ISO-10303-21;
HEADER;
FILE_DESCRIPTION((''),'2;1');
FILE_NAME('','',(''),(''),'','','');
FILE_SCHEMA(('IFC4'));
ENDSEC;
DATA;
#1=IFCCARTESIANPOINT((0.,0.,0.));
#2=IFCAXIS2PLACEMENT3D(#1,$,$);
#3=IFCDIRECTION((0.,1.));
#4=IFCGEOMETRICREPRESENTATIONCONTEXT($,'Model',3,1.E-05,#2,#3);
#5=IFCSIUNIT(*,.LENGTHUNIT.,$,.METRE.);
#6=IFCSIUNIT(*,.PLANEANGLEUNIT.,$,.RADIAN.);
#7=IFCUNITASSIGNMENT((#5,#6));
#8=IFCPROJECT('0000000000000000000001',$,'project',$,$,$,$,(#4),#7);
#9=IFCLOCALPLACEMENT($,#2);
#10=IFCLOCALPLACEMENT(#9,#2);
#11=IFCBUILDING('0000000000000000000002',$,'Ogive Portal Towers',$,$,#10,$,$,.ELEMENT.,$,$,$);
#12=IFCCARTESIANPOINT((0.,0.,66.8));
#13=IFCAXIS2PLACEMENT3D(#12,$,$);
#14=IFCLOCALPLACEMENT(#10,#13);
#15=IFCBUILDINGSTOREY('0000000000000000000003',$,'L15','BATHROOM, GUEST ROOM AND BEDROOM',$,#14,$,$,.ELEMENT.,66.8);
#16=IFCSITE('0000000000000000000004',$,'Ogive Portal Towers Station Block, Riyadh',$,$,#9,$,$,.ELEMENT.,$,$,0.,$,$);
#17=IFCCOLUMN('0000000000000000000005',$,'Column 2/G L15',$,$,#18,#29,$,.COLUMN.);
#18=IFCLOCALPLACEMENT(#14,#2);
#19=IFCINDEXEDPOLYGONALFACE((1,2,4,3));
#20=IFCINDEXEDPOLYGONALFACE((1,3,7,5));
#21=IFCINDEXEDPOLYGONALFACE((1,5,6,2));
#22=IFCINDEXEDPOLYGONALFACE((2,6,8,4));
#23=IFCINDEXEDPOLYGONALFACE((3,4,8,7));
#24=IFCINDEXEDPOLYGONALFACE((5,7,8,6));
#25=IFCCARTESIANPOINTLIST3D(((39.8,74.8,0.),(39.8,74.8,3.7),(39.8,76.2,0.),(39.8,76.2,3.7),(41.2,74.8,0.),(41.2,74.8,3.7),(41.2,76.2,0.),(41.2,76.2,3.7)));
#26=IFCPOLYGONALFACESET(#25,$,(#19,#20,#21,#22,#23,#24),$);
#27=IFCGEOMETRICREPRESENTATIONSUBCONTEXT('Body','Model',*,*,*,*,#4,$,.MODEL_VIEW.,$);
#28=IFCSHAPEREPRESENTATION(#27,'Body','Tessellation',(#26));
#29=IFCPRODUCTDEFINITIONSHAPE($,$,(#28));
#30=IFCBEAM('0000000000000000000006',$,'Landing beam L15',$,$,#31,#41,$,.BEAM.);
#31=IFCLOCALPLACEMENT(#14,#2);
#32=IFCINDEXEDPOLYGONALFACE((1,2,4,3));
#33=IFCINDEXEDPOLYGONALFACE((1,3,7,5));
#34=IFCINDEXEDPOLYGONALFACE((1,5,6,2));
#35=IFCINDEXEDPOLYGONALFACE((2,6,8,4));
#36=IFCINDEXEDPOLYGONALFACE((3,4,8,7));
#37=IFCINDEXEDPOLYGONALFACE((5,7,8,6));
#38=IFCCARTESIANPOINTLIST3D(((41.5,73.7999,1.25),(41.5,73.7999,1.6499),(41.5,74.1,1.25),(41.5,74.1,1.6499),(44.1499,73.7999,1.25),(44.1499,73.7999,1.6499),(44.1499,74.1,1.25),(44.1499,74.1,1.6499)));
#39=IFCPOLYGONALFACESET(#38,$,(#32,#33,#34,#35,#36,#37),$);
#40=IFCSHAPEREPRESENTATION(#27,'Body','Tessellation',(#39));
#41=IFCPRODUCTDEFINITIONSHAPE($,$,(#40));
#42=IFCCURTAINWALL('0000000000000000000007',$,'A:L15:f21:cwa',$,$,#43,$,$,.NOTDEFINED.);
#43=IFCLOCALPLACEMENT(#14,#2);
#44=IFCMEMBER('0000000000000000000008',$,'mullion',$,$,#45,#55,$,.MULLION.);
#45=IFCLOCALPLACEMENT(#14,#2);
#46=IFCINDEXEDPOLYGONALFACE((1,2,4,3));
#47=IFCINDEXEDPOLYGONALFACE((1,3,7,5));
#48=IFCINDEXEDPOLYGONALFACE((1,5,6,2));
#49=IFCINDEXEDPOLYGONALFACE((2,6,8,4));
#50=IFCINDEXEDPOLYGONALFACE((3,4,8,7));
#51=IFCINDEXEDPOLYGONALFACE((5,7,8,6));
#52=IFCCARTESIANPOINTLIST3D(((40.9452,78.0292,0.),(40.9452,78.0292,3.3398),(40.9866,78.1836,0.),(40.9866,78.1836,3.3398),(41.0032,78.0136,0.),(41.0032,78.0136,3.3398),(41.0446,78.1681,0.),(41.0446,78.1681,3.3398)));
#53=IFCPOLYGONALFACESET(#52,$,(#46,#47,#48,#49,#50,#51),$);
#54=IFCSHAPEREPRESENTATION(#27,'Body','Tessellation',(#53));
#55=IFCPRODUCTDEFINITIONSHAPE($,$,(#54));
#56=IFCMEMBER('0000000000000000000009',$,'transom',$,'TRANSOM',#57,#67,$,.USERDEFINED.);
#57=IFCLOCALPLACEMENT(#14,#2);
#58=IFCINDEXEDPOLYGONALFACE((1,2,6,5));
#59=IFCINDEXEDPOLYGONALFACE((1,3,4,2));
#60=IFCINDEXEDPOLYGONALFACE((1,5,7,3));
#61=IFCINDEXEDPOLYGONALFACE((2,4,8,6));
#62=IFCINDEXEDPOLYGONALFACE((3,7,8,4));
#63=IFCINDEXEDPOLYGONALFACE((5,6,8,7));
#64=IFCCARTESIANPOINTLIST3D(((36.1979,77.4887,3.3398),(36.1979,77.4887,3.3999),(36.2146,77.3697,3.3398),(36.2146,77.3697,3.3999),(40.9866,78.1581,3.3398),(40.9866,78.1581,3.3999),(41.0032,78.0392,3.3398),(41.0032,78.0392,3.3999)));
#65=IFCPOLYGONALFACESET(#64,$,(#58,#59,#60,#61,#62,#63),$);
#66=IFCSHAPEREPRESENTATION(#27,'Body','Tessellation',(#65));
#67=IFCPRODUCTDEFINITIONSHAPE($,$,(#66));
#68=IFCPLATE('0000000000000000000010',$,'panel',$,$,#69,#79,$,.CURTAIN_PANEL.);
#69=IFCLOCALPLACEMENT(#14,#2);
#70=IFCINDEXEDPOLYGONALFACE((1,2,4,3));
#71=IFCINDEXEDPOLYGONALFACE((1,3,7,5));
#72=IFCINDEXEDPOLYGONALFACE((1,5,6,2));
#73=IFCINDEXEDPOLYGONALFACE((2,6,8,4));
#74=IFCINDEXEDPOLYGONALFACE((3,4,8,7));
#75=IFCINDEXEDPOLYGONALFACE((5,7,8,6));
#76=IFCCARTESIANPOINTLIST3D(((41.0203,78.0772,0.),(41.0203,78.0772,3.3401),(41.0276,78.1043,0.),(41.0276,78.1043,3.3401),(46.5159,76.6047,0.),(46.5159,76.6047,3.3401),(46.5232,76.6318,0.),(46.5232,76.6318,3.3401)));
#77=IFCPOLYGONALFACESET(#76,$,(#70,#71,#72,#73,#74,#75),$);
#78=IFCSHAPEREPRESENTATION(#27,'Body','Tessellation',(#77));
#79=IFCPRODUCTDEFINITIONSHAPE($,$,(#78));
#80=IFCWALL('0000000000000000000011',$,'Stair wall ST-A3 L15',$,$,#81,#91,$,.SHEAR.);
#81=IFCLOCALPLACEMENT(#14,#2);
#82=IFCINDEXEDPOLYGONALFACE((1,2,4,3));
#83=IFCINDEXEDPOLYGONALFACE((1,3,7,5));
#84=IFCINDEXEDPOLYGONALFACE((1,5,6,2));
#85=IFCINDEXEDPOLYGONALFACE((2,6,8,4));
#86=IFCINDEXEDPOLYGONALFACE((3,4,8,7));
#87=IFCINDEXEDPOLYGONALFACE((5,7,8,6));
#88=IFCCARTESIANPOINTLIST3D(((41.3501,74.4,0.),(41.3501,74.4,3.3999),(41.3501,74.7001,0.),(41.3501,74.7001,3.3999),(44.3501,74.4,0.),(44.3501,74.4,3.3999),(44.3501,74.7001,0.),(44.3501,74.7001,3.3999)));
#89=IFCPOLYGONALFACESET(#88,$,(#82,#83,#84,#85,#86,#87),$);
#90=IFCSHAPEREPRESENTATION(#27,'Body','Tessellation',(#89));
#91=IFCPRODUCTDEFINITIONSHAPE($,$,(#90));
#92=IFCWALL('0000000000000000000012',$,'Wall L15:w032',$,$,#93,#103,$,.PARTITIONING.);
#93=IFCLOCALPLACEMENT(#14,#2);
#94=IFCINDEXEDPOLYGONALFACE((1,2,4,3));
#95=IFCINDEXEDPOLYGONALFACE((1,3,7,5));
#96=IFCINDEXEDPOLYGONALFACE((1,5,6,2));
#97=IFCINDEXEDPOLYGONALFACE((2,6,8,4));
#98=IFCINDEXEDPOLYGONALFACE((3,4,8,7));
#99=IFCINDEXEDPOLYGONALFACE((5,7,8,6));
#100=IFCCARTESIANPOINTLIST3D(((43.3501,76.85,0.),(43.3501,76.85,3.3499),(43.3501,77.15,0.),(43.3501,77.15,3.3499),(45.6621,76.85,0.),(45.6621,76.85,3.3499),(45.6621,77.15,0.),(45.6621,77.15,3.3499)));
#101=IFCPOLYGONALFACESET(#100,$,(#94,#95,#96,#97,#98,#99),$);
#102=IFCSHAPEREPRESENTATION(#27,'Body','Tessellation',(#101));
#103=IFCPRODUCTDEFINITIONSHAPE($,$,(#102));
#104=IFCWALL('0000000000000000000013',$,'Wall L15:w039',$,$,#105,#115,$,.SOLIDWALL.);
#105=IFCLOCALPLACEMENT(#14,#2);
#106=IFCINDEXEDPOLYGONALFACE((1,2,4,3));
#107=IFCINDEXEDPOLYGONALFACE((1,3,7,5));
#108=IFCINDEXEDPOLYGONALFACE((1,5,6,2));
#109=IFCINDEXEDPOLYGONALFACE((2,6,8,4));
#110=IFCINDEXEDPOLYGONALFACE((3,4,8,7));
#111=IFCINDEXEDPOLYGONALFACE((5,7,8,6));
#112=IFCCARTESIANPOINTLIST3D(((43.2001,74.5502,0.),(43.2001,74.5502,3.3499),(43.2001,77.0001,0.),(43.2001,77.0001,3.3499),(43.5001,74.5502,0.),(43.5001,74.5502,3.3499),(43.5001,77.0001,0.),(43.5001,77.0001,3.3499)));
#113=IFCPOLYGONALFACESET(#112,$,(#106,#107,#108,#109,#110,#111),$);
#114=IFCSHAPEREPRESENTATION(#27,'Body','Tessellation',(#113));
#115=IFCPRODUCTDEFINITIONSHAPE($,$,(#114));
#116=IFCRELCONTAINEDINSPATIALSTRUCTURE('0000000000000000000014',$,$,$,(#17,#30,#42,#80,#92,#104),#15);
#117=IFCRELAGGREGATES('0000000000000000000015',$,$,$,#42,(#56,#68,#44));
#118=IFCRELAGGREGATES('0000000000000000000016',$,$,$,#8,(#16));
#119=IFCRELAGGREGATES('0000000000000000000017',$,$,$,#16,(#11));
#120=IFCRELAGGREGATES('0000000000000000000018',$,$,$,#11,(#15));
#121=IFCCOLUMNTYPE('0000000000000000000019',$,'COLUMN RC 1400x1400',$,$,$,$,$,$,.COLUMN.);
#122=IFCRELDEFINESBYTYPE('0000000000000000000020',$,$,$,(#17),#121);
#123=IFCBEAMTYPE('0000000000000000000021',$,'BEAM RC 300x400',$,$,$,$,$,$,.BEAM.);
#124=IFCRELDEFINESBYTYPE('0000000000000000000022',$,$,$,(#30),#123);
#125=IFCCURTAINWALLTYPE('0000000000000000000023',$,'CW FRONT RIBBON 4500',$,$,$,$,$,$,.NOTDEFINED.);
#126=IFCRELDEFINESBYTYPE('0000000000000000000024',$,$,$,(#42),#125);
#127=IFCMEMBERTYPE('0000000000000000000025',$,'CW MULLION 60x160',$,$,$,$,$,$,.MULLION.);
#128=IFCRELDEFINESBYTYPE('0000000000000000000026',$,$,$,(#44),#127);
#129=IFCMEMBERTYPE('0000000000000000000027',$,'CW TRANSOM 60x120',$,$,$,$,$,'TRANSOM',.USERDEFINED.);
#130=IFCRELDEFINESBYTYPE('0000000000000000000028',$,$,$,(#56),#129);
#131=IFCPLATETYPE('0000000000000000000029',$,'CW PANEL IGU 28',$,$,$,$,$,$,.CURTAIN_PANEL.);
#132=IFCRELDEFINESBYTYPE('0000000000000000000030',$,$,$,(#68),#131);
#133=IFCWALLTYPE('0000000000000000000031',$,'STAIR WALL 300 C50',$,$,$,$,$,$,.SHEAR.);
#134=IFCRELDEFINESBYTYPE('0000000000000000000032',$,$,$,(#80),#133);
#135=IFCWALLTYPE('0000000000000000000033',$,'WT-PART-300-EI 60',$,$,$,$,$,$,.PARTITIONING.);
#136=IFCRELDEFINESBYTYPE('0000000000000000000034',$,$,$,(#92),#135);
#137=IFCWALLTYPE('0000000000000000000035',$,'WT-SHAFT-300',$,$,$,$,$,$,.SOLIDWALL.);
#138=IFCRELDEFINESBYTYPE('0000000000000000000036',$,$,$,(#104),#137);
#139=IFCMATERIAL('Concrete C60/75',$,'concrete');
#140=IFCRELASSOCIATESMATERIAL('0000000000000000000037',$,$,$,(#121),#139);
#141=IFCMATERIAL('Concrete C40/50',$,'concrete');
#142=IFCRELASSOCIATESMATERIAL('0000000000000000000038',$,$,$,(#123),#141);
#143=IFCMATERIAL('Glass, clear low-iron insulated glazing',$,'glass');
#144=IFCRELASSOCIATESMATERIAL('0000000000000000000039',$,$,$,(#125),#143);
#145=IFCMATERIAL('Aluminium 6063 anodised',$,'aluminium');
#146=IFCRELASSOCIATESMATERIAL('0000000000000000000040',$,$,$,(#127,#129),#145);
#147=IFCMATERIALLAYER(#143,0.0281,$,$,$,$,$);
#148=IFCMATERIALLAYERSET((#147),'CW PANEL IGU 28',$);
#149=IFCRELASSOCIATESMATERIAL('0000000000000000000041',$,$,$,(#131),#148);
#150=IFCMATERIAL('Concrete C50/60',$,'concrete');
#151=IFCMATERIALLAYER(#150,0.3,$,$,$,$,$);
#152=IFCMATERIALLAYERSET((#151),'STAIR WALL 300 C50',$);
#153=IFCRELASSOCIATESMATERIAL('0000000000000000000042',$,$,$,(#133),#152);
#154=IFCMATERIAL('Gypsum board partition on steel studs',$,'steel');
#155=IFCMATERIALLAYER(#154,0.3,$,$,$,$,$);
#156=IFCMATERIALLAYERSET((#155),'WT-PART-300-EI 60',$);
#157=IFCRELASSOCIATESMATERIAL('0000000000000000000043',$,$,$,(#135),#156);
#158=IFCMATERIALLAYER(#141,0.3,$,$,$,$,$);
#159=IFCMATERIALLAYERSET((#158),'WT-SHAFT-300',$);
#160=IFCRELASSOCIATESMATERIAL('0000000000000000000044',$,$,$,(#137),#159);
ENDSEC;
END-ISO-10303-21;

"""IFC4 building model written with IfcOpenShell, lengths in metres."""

from ifc_helpers import new_model, si_unit, direction, frame, frame_2d, origin, origin_2d, place, context, subcontext, project, spatial, rectangle, extrude, material, layer, layer_set, material_profile, profile_set, type_object, element, aggregate, save


model = new_model("IFC4")

# Units and contexts
model_context = context("Model", 3, precision=1e-05, world=origin(), true_north=direction((0.0, 1.0)))
body_context = subcontext(model_context, "Body", "Model", "MODEL_VIEW")
ifc_project = project(units=[si_unit("LENGTHUNIT", "METRE"), si_unit("PLANEANGLEUNIT", "RADIAN")], contexts=[model_context])

# Site, building, storey
site_placement = place(None, origin())
site = spatial("IfcSite", under=ifc_project, at=site_placement, Name="Ogive Portal Towers Station Block, Riyadh", CompositionType="ELEMENT", RefElevation=0.0)
building_placement = place(site_placement, origin())
building = spatial("IfcBuilding", under=site, at=building_placement, Name="Ogive Portal Towers", CompositionType="ELEMENT")
storey_placement = place(building_placement, frame((0.0, 0.0, 66.8)))
storey = spatial("IfcBuildingStorey", under=building, at=storey_placement, Name="L15", Description="BATHROOM, GUEST ROOM AND BEDROOM", CompositionType="ELEMENT", Elevation=66.8)

# Column
ifc_material_1 = material(Name="Concrete C60/75", Category="concrete")
ifc_material_profile_1 = material_profile(ifc_material_1, rectangle(XDim=1.3999, YDim=1.3999, at=origin_2d()), Name="RC 1400x1400")
ifc_profile_set_1 = profile_set([ifc_material_profile_1], Name="Concrete C60/75")
column_type = type_object("IfcColumnType", Name="COLUMN RC 1400x1400", PredefinedType="COLUMN", material=ifc_profile_set_1)
column_placement = place(storey_placement, frame((40.5, 75.5, 0.0), z_axis=(0.0, 0.0, 1.0), x_axis=(1.0, 0.0, 0.0)))
element("IfcColumn", 1, at=column_placement, inside=storey, type_object=column_type, Name="Column 2/G L15", PredefinedType="COLUMN", context=body_context, shape_type="SweptSolid", body=[
    extrude(rectangle(XDim=1.3999, YDim=1.3999, at=origin_2d()), origin(), (0.0, 0.0, 1.0), 3.7),
])

# Beam
ifc_material_2 = material(Name="Concrete C40/50", Category="concrete")
ifc_material_profile_2 = material_profile(ifc_material_2, rectangle(XDim=0.3, YDim=0.3999, at=origin_2d()), Name="RC 300x400")
ifc_profile_set_2 = profile_set([ifc_material_profile_2], Name="Concrete C40/50")
beam_type = type_object("IfcBeamType", Name="BEAM RC 300x400", PredefinedType="BEAM", material=ifc_profile_set_2)
beam_placement = place(storey_placement, frame((41.5, 73.95, 1.45), z_axis=(1.0, 0.0, 0.0), x_axis=(0.0, 1.0, 0.0)))
element("IfcBeam", 2, at=beam_placement, inside=storey, type_object=beam_type, Name="Landing beam L15", PredefinedType="BEAM", context=body_context, shape_type="SweptSolid", body=[
    extrude(rectangle(XDim=0.3, YDim=0.3999, at=origin_2d()), origin(), (0.0, 0.0, 1.0), 2.6499),
])

# Curtain wall, members, plate
ifc_material_3 = material(Name="Glass, clear low-iron insulated glazing", Category="glass")
curtain_wall_type = type_object("IfcCurtainWallType", Name="CW FRONT RIBBON 4500", PredefinedType="NOTDEFINED", material=ifc_material_3)
curtain_wall_placement = place(storey_placement, origin())
curtain_wall = element("IfcCurtainWall", 3, at=curtain_wall_placement, inside=storey, type_object=curtain_wall_type, Name="A:L15:f21:cwa", PredefinedType="NOTDEFINED")
ifc_material_4 = material(Name="Aluminium 6063 anodised", Category="aluminium")
ifc_material_profile_3 = material_profile(ifc_material_4, rectangle(XDim=0.1599, YDim=0.0601, at=origin_2d()), Name="AL 60x160")
ifc_profile_set_3 = profile_set([ifc_material_profile_3], Name="Aluminium 6063 anodised")
member_type_1 = type_object("IfcMemberType", Name="CW MULLION 60x160", PredefinedType="MULLION", material=ifc_profile_set_3)
member_1_placement = place(storey_placement, frame((40.9949, 78.0986, 0.0), z_axis=(0.0, 0.0, 1.0), x_axis=(-0.258819, -0.965926, 0.0)))
member_1 = element("IfcMember", 4, at=member_1_placement, type_object=member_type_1, Name="mullion", PredefinedType="MULLION", context=body_context, shape_type="SweptSolid", body=[
    extrude(rectangle(XDim=0.1599, YDim=0.0601, at=origin_2d()), origin(), (0.0, 0.0, 1.0), 3.3398),
])
ifc_material_profile_4 = material_profile(ifc_material_4, rectangle(XDim=0.1201, YDim=0.0601, at=origin_2d()), Name="AL 120x60")
ifc_profile_set_4 = profile_set([ifc_material_profile_4], Name="Aluminium 6063 anodised")
member_type_2 = type_object("IfcMemberType", Name="CW TRANSOM 60x120", ElementType="TRANSOM", PredefinedType="USERDEFINED", material=ifc_profile_set_4)
member_2_placement = place(storey_placement, frame((40.9949, 78.0986, 3.3699), z_axis=(-0.990369, -0.138452, 0.0), x_axis=(0.138452, -0.990369, 0.0)))
member_2 = element("IfcMember", 5, at=member_2_placement, type_object=member_type_2, Name="transom", ObjectType="TRANSOM", PredefinedType="USERDEFINED", context=body_context, shape_type="SweptSolid", body=[
    extrude(rectangle(XDim=0.1201, YDim=0.0601, at=origin_2d()), origin(), (0.0, 0.0, 1.0), 4.8352),
])
ifc_layer_1 = layer(ifc_material_3, 0.0281)
ifc_layer_set_1 = layer_set([ifc_layer_1], Name="CW PANEL IGU 28")
plate_type = type_object("IfcPlateType", Name="CW PANEL IGU 28", PredefinedType="CURTAIN_PANEL", material=ifc_layer_set_1)
plate_placement = place(storey_placement, frame((43.7717, 77.3545, 0.0), z_axis=(0.0, 0.0, 1.0), x_axis=(-0.965926, 0.258819, 0.0)))
plate = element("IfcPlate", 6, at=plate_placement, type_object=plate_type, Name="panel", PredefinedType="CURTAIN_PANEL", context=body_context, shape_type="SweptSolid", body=[
    extrude(rectangle(XDim=5.6895, YDim=0.0281, at=origin_2d()), origin(), (0.0, 0.0, 1.0), 3.3401),
])
aggregate(curtain_wall, [member_2, plate, member_1])

# Walls
ifc_material_5 = material(Name="Concrete C50/60", Category="concrete")
ifc_layer_2 = layer(ifc_material_5, 0.3)
ifc_layer_set_2 = layer_set([ifc_layer_2], Name="STAIR WALL 300 C50")
wall_type_1 = type_object("IfcWallType", Name="STAIR WALL 300 C50", PredefinedType="SHEAR", material=ifc_layer_set_2)
wall_1_placement = place(storey_placement, frame((41.3501, 74.55, 0.0), z_axis=(0.0, 0.0, 1.0), x_axis=(1.0, 0.0, 0.0)))
element("IfcWall", 7, at=wall_1_placement, inside=storey, type_object=wall_type_1, Name="Stair wall ST-A3 L15", PredefinedType="SHEAR", context=body_context, shape_type="SweptSolid", body=[
    extrude(rectangle(XDim=3.0, YDim=0.3, at=frame_2d((1.5, 0.0))), origin(), (0.0, 0.0, 1.0), 3.3999),
])
ifc_material_6 = material(Name="Gypsum board partition on steel studs", Category="steel")
ifc_layer_3 = layer(ifc_material_6, 0.3)
ifc_layer_set_3 = layer_set([ifc_layer_3], Name="WT-PART-300-EI 60")
wall_type_2 = type_object("IfcWallType", Name="WT-PART-300-EI 60", PredefinedType="PARTITIONING", material=ifc_layer_set_3)
wall_2_placement = place(storey_placement, frame((43.3501, 77.0, 0.0), z_axis=(0.0, 0.0, 1.0), x_axis=(1.0, 0.0, 0.0)))
element("IfcWall", 8, at=wall_2_placement, inside=storey, type_object=wall_type_2, Name="Wall L15:w032", PredefinedType="PARTITIONING", context=body_context, shape_type="SweptSolid", body=[
    extrude(rectangle(XDim=2.312, YDim=0.3, at=frame_2d((1.156, 0.0))), origin(), (0.0, 0.0, 1.0), 3.3499),
])
ifc_layer_4 = layer(ifc_material_2, 0.3)
ifc_layer_set_4 = layer_set([ifc_layer_4], Name="WT-SHAFT-300")
wall_type_3 = type_object("IfcWallType", Name="WT-SHAFT-300", PredefinedType="SOLIDWALL", material=ifc_layer_set_4)
wall_3_placement = place(storey_placement, frame((43.3501, 74.55, 0.0), z_axis=(0.0, 0.0, 1.0), x_axis=(0.0, 1.0, 0.0)))
element("IfcWall", 9, at=wall_3_placement, inside=storey, type_object=wall_type_3, Name="Wall L15:w039", PredefinedType="SOLIDWALL", context=body_context, shape_type="SweptSolid", body=[
    extrude(rectangle(XDim=2.45, YDim=0.3, at=frame_2d((1.2251, 0.0))), origin(), (0.0, 0.0, 1.0), 3.3499),
])

save(model, "model.ifc")
